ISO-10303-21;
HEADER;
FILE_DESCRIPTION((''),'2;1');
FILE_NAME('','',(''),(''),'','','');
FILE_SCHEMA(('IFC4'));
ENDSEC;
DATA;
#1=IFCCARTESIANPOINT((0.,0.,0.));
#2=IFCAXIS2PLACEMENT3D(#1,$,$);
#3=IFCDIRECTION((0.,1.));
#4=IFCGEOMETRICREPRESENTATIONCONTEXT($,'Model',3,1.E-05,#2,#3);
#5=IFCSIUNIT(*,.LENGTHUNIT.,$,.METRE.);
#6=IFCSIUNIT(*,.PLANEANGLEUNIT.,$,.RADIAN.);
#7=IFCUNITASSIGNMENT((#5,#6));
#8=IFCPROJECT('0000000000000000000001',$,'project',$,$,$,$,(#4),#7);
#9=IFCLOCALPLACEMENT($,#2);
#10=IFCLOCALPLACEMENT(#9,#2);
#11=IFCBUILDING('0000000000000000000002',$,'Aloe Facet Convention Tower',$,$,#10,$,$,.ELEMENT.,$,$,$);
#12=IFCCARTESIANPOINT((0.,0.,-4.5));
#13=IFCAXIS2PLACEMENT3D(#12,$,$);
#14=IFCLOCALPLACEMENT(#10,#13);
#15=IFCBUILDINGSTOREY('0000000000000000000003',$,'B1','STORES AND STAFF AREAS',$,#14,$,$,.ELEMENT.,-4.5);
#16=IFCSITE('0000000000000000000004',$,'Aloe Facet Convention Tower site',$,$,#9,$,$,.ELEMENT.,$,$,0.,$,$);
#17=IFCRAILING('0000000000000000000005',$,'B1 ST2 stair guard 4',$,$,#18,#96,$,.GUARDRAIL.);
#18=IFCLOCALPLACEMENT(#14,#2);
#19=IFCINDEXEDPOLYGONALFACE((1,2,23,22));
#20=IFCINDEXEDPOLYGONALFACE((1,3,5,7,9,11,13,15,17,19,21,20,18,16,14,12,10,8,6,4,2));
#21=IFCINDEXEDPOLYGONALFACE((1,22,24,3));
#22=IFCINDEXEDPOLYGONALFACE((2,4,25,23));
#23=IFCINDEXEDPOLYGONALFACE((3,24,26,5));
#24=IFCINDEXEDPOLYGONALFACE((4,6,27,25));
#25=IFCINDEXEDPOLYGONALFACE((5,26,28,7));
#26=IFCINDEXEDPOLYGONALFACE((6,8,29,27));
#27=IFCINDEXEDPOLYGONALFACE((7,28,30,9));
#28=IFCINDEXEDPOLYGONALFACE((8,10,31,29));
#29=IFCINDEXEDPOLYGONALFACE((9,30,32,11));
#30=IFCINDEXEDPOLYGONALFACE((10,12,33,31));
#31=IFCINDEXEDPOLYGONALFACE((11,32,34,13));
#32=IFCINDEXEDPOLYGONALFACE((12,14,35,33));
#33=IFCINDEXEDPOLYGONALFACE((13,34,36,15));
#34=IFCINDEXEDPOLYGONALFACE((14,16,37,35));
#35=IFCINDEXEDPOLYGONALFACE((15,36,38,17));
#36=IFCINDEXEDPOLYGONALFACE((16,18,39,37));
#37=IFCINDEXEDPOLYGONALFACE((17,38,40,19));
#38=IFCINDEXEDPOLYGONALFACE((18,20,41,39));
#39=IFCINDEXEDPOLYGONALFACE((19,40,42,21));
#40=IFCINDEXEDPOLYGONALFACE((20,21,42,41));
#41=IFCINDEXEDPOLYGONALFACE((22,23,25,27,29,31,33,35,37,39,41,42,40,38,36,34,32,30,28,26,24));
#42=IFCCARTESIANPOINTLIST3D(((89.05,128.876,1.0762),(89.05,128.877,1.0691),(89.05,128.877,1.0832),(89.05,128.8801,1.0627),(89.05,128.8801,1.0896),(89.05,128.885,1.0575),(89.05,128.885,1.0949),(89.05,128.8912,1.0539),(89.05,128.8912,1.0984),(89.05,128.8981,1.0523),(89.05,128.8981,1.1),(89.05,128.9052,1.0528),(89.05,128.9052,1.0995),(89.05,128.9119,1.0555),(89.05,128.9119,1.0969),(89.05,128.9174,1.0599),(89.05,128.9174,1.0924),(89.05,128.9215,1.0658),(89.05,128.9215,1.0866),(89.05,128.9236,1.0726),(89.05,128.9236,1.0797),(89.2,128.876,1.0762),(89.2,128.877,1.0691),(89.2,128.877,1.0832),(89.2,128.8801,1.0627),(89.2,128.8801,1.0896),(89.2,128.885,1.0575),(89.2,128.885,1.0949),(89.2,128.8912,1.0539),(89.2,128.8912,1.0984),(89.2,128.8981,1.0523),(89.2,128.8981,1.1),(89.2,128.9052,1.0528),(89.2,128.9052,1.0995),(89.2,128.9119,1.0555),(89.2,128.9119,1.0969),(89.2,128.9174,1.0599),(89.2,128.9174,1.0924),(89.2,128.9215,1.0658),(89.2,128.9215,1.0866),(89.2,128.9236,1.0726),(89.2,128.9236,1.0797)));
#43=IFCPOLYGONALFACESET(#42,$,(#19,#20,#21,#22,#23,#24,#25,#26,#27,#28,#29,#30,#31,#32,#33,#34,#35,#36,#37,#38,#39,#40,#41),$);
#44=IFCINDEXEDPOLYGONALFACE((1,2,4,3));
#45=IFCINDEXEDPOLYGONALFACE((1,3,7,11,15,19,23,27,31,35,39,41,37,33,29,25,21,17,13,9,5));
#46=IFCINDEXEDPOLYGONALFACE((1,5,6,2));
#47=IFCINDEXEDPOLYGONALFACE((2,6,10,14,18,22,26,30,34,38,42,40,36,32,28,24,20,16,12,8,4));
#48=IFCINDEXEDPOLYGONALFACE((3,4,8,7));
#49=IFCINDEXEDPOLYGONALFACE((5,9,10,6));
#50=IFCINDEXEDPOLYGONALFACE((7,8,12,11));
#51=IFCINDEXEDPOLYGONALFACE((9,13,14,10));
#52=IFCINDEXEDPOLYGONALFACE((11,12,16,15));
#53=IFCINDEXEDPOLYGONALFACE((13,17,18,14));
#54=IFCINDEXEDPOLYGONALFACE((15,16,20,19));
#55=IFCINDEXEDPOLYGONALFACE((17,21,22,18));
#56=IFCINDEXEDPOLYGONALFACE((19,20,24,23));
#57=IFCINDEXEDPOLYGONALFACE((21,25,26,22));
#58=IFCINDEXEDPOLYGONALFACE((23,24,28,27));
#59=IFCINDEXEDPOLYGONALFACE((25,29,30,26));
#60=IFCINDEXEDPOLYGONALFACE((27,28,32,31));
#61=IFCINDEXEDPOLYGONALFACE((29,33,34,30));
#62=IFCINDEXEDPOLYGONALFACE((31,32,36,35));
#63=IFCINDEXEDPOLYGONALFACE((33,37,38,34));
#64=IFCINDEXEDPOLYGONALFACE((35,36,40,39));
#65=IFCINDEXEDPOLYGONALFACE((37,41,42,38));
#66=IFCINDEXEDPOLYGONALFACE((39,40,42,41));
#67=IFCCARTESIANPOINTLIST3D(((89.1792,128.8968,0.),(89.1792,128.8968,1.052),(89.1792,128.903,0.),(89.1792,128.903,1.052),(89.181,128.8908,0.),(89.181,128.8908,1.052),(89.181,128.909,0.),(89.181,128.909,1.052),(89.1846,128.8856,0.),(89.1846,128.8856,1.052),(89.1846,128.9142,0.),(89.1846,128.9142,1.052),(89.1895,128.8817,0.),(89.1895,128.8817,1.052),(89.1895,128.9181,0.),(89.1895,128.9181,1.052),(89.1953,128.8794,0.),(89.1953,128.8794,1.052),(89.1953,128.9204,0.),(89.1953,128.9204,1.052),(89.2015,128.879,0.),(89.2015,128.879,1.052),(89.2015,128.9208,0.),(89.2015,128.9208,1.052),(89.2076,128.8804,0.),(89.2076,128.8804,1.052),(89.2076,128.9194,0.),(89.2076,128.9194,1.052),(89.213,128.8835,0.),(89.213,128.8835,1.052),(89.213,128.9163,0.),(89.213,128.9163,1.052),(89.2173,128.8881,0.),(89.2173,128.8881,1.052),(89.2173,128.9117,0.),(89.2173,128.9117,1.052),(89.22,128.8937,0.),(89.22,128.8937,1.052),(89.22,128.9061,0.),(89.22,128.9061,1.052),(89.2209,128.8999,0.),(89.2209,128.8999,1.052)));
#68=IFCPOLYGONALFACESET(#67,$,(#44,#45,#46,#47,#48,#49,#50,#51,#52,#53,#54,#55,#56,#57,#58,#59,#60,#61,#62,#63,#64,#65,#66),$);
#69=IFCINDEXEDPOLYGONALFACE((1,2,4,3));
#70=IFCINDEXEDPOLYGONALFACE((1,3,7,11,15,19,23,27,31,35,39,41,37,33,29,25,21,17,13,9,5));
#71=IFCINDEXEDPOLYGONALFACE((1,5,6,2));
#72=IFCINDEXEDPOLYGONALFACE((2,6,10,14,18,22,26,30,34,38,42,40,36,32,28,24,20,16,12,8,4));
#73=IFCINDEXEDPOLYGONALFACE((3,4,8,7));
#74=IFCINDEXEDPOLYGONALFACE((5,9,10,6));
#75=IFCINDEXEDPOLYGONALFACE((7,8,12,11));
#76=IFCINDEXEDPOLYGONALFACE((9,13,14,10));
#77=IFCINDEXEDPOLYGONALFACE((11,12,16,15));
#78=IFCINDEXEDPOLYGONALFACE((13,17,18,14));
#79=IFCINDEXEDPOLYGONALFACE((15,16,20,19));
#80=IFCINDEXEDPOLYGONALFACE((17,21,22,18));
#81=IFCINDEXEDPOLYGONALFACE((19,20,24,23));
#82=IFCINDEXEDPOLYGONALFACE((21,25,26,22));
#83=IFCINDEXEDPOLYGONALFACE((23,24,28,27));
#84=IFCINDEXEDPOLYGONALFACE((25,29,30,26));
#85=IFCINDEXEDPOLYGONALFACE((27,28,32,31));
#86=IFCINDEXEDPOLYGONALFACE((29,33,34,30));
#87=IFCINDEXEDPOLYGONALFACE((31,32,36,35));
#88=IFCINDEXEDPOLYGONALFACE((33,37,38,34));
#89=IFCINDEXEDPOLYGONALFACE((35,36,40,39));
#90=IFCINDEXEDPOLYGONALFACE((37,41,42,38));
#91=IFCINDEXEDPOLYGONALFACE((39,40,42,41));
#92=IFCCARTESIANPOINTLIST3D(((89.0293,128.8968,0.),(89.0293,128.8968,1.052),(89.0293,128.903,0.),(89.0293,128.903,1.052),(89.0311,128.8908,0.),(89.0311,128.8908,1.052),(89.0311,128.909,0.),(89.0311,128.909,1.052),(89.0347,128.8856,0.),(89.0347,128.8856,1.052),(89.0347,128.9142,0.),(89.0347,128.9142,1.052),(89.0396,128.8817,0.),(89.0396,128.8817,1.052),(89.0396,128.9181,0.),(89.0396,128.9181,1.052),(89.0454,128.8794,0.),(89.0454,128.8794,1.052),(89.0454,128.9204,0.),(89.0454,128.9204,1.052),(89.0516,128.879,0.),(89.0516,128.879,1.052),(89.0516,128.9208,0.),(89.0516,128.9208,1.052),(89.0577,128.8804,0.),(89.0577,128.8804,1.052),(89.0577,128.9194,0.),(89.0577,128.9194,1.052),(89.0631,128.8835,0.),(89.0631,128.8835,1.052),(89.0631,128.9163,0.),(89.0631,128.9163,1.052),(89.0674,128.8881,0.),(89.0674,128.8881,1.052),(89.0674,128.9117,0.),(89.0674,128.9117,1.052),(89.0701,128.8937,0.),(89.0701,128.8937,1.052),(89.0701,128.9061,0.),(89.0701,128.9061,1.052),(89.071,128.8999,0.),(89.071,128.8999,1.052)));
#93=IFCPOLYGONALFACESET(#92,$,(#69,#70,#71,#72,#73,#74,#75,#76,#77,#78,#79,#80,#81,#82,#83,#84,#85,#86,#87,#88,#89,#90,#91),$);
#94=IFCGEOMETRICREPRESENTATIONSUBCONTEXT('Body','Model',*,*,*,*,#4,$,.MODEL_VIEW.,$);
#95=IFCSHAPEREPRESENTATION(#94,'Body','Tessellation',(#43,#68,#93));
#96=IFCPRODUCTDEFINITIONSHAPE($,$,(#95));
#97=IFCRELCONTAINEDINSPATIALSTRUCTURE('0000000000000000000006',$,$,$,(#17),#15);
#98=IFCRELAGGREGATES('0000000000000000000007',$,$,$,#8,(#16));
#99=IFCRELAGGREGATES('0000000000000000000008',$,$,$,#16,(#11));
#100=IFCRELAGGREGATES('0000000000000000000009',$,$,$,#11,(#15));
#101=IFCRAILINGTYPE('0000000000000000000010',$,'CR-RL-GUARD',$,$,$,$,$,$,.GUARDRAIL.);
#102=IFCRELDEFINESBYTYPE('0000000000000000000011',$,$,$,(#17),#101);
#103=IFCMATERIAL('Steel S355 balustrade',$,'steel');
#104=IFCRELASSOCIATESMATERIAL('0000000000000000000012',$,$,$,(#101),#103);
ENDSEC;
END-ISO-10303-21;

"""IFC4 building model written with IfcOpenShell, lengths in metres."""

from ifc_helpers import new_model, si_unit, direction, frame, origin, origin_2d, place, context, subcontext, project, spatial, circle, extrude, material, type_object, element, save


model = new_model("IFC4")

# Units and contexts
model_context = context("Model", 3, precision=1e-05, world=origin(), true_north=direction((0.0, 1.0)))
body_context = subcontext(model_context, "Body", "Model", "MODEL_VIEW")
ifc_project = project(units=[si_unit("LENGTHUNIT", "METRE"), si_unit("PLANEANGLEUNIT", "RADIAN")], contexts=[model_context])

# Site, building, storey
site_placement = place(None, origin())
site = spatial("IfcSite", under=ifc_project, at=site_placement, Name="Aloe Facet Convention Tower site", CompositionType="ELEMENT", RefElevation=0.0)
building_placement = place(site_placement, origin())
building = spatial("IfcBuilding", under=site, at=building_placement, Name="Aloe Facet Convention Tower", CompositionType="ELEMENT")
storey_placement = place(building_placement, frame((0.0, 0.0, -4.5)))
storey = spatial("IfcBuildingStorey", under=building, at=storey_placement, Name="B1", Description="STORES AND STAFF AREAS", CompositionType="ELEMENT", Elevation=-4.5)

# Railing
ifc_material_1 = material(Name="Steel S355 balustrade", Category="steel")
railing_type_1 = type_object("IfcRailingType", Name="CR-RL-GUARD", PredefinedType="GUARDRAIL", material=ifc_material_1)
railing_1_placement = place(storey_placement, frame((89.2, 128.8999, 0.0)))
element("IfcRailing", 1, at=railing_1_placement, inside=storey, type_object=railing_type_1, Name="B1 ST2 stair guard 4", PredefinedType="GUARDRAIL", context=body_context, shape_type="SweptSolid", body=[
    extrude(circle(Radius=0.0239, at=origin_2d()), frame((0.0, 0.0, 1.0762), z_axis=(-1.0, 0.0, 0.0), x_axis=(0.0, -1.0, 0.0)), (0.0, 0.0, 1.0), 0.1499),
    extrude(circle(Radius=0.021, at=origin_2d()), origin(), (0.0, 0.0, 1.0), 1.052),
    extrude(circle(Radius=0.021, at=origin_2d()), frame((-0.1499, 0.0, 0.0)), (0.0, 0.0, 1.0), 1.052),
])

save(model, "model.ifc")
